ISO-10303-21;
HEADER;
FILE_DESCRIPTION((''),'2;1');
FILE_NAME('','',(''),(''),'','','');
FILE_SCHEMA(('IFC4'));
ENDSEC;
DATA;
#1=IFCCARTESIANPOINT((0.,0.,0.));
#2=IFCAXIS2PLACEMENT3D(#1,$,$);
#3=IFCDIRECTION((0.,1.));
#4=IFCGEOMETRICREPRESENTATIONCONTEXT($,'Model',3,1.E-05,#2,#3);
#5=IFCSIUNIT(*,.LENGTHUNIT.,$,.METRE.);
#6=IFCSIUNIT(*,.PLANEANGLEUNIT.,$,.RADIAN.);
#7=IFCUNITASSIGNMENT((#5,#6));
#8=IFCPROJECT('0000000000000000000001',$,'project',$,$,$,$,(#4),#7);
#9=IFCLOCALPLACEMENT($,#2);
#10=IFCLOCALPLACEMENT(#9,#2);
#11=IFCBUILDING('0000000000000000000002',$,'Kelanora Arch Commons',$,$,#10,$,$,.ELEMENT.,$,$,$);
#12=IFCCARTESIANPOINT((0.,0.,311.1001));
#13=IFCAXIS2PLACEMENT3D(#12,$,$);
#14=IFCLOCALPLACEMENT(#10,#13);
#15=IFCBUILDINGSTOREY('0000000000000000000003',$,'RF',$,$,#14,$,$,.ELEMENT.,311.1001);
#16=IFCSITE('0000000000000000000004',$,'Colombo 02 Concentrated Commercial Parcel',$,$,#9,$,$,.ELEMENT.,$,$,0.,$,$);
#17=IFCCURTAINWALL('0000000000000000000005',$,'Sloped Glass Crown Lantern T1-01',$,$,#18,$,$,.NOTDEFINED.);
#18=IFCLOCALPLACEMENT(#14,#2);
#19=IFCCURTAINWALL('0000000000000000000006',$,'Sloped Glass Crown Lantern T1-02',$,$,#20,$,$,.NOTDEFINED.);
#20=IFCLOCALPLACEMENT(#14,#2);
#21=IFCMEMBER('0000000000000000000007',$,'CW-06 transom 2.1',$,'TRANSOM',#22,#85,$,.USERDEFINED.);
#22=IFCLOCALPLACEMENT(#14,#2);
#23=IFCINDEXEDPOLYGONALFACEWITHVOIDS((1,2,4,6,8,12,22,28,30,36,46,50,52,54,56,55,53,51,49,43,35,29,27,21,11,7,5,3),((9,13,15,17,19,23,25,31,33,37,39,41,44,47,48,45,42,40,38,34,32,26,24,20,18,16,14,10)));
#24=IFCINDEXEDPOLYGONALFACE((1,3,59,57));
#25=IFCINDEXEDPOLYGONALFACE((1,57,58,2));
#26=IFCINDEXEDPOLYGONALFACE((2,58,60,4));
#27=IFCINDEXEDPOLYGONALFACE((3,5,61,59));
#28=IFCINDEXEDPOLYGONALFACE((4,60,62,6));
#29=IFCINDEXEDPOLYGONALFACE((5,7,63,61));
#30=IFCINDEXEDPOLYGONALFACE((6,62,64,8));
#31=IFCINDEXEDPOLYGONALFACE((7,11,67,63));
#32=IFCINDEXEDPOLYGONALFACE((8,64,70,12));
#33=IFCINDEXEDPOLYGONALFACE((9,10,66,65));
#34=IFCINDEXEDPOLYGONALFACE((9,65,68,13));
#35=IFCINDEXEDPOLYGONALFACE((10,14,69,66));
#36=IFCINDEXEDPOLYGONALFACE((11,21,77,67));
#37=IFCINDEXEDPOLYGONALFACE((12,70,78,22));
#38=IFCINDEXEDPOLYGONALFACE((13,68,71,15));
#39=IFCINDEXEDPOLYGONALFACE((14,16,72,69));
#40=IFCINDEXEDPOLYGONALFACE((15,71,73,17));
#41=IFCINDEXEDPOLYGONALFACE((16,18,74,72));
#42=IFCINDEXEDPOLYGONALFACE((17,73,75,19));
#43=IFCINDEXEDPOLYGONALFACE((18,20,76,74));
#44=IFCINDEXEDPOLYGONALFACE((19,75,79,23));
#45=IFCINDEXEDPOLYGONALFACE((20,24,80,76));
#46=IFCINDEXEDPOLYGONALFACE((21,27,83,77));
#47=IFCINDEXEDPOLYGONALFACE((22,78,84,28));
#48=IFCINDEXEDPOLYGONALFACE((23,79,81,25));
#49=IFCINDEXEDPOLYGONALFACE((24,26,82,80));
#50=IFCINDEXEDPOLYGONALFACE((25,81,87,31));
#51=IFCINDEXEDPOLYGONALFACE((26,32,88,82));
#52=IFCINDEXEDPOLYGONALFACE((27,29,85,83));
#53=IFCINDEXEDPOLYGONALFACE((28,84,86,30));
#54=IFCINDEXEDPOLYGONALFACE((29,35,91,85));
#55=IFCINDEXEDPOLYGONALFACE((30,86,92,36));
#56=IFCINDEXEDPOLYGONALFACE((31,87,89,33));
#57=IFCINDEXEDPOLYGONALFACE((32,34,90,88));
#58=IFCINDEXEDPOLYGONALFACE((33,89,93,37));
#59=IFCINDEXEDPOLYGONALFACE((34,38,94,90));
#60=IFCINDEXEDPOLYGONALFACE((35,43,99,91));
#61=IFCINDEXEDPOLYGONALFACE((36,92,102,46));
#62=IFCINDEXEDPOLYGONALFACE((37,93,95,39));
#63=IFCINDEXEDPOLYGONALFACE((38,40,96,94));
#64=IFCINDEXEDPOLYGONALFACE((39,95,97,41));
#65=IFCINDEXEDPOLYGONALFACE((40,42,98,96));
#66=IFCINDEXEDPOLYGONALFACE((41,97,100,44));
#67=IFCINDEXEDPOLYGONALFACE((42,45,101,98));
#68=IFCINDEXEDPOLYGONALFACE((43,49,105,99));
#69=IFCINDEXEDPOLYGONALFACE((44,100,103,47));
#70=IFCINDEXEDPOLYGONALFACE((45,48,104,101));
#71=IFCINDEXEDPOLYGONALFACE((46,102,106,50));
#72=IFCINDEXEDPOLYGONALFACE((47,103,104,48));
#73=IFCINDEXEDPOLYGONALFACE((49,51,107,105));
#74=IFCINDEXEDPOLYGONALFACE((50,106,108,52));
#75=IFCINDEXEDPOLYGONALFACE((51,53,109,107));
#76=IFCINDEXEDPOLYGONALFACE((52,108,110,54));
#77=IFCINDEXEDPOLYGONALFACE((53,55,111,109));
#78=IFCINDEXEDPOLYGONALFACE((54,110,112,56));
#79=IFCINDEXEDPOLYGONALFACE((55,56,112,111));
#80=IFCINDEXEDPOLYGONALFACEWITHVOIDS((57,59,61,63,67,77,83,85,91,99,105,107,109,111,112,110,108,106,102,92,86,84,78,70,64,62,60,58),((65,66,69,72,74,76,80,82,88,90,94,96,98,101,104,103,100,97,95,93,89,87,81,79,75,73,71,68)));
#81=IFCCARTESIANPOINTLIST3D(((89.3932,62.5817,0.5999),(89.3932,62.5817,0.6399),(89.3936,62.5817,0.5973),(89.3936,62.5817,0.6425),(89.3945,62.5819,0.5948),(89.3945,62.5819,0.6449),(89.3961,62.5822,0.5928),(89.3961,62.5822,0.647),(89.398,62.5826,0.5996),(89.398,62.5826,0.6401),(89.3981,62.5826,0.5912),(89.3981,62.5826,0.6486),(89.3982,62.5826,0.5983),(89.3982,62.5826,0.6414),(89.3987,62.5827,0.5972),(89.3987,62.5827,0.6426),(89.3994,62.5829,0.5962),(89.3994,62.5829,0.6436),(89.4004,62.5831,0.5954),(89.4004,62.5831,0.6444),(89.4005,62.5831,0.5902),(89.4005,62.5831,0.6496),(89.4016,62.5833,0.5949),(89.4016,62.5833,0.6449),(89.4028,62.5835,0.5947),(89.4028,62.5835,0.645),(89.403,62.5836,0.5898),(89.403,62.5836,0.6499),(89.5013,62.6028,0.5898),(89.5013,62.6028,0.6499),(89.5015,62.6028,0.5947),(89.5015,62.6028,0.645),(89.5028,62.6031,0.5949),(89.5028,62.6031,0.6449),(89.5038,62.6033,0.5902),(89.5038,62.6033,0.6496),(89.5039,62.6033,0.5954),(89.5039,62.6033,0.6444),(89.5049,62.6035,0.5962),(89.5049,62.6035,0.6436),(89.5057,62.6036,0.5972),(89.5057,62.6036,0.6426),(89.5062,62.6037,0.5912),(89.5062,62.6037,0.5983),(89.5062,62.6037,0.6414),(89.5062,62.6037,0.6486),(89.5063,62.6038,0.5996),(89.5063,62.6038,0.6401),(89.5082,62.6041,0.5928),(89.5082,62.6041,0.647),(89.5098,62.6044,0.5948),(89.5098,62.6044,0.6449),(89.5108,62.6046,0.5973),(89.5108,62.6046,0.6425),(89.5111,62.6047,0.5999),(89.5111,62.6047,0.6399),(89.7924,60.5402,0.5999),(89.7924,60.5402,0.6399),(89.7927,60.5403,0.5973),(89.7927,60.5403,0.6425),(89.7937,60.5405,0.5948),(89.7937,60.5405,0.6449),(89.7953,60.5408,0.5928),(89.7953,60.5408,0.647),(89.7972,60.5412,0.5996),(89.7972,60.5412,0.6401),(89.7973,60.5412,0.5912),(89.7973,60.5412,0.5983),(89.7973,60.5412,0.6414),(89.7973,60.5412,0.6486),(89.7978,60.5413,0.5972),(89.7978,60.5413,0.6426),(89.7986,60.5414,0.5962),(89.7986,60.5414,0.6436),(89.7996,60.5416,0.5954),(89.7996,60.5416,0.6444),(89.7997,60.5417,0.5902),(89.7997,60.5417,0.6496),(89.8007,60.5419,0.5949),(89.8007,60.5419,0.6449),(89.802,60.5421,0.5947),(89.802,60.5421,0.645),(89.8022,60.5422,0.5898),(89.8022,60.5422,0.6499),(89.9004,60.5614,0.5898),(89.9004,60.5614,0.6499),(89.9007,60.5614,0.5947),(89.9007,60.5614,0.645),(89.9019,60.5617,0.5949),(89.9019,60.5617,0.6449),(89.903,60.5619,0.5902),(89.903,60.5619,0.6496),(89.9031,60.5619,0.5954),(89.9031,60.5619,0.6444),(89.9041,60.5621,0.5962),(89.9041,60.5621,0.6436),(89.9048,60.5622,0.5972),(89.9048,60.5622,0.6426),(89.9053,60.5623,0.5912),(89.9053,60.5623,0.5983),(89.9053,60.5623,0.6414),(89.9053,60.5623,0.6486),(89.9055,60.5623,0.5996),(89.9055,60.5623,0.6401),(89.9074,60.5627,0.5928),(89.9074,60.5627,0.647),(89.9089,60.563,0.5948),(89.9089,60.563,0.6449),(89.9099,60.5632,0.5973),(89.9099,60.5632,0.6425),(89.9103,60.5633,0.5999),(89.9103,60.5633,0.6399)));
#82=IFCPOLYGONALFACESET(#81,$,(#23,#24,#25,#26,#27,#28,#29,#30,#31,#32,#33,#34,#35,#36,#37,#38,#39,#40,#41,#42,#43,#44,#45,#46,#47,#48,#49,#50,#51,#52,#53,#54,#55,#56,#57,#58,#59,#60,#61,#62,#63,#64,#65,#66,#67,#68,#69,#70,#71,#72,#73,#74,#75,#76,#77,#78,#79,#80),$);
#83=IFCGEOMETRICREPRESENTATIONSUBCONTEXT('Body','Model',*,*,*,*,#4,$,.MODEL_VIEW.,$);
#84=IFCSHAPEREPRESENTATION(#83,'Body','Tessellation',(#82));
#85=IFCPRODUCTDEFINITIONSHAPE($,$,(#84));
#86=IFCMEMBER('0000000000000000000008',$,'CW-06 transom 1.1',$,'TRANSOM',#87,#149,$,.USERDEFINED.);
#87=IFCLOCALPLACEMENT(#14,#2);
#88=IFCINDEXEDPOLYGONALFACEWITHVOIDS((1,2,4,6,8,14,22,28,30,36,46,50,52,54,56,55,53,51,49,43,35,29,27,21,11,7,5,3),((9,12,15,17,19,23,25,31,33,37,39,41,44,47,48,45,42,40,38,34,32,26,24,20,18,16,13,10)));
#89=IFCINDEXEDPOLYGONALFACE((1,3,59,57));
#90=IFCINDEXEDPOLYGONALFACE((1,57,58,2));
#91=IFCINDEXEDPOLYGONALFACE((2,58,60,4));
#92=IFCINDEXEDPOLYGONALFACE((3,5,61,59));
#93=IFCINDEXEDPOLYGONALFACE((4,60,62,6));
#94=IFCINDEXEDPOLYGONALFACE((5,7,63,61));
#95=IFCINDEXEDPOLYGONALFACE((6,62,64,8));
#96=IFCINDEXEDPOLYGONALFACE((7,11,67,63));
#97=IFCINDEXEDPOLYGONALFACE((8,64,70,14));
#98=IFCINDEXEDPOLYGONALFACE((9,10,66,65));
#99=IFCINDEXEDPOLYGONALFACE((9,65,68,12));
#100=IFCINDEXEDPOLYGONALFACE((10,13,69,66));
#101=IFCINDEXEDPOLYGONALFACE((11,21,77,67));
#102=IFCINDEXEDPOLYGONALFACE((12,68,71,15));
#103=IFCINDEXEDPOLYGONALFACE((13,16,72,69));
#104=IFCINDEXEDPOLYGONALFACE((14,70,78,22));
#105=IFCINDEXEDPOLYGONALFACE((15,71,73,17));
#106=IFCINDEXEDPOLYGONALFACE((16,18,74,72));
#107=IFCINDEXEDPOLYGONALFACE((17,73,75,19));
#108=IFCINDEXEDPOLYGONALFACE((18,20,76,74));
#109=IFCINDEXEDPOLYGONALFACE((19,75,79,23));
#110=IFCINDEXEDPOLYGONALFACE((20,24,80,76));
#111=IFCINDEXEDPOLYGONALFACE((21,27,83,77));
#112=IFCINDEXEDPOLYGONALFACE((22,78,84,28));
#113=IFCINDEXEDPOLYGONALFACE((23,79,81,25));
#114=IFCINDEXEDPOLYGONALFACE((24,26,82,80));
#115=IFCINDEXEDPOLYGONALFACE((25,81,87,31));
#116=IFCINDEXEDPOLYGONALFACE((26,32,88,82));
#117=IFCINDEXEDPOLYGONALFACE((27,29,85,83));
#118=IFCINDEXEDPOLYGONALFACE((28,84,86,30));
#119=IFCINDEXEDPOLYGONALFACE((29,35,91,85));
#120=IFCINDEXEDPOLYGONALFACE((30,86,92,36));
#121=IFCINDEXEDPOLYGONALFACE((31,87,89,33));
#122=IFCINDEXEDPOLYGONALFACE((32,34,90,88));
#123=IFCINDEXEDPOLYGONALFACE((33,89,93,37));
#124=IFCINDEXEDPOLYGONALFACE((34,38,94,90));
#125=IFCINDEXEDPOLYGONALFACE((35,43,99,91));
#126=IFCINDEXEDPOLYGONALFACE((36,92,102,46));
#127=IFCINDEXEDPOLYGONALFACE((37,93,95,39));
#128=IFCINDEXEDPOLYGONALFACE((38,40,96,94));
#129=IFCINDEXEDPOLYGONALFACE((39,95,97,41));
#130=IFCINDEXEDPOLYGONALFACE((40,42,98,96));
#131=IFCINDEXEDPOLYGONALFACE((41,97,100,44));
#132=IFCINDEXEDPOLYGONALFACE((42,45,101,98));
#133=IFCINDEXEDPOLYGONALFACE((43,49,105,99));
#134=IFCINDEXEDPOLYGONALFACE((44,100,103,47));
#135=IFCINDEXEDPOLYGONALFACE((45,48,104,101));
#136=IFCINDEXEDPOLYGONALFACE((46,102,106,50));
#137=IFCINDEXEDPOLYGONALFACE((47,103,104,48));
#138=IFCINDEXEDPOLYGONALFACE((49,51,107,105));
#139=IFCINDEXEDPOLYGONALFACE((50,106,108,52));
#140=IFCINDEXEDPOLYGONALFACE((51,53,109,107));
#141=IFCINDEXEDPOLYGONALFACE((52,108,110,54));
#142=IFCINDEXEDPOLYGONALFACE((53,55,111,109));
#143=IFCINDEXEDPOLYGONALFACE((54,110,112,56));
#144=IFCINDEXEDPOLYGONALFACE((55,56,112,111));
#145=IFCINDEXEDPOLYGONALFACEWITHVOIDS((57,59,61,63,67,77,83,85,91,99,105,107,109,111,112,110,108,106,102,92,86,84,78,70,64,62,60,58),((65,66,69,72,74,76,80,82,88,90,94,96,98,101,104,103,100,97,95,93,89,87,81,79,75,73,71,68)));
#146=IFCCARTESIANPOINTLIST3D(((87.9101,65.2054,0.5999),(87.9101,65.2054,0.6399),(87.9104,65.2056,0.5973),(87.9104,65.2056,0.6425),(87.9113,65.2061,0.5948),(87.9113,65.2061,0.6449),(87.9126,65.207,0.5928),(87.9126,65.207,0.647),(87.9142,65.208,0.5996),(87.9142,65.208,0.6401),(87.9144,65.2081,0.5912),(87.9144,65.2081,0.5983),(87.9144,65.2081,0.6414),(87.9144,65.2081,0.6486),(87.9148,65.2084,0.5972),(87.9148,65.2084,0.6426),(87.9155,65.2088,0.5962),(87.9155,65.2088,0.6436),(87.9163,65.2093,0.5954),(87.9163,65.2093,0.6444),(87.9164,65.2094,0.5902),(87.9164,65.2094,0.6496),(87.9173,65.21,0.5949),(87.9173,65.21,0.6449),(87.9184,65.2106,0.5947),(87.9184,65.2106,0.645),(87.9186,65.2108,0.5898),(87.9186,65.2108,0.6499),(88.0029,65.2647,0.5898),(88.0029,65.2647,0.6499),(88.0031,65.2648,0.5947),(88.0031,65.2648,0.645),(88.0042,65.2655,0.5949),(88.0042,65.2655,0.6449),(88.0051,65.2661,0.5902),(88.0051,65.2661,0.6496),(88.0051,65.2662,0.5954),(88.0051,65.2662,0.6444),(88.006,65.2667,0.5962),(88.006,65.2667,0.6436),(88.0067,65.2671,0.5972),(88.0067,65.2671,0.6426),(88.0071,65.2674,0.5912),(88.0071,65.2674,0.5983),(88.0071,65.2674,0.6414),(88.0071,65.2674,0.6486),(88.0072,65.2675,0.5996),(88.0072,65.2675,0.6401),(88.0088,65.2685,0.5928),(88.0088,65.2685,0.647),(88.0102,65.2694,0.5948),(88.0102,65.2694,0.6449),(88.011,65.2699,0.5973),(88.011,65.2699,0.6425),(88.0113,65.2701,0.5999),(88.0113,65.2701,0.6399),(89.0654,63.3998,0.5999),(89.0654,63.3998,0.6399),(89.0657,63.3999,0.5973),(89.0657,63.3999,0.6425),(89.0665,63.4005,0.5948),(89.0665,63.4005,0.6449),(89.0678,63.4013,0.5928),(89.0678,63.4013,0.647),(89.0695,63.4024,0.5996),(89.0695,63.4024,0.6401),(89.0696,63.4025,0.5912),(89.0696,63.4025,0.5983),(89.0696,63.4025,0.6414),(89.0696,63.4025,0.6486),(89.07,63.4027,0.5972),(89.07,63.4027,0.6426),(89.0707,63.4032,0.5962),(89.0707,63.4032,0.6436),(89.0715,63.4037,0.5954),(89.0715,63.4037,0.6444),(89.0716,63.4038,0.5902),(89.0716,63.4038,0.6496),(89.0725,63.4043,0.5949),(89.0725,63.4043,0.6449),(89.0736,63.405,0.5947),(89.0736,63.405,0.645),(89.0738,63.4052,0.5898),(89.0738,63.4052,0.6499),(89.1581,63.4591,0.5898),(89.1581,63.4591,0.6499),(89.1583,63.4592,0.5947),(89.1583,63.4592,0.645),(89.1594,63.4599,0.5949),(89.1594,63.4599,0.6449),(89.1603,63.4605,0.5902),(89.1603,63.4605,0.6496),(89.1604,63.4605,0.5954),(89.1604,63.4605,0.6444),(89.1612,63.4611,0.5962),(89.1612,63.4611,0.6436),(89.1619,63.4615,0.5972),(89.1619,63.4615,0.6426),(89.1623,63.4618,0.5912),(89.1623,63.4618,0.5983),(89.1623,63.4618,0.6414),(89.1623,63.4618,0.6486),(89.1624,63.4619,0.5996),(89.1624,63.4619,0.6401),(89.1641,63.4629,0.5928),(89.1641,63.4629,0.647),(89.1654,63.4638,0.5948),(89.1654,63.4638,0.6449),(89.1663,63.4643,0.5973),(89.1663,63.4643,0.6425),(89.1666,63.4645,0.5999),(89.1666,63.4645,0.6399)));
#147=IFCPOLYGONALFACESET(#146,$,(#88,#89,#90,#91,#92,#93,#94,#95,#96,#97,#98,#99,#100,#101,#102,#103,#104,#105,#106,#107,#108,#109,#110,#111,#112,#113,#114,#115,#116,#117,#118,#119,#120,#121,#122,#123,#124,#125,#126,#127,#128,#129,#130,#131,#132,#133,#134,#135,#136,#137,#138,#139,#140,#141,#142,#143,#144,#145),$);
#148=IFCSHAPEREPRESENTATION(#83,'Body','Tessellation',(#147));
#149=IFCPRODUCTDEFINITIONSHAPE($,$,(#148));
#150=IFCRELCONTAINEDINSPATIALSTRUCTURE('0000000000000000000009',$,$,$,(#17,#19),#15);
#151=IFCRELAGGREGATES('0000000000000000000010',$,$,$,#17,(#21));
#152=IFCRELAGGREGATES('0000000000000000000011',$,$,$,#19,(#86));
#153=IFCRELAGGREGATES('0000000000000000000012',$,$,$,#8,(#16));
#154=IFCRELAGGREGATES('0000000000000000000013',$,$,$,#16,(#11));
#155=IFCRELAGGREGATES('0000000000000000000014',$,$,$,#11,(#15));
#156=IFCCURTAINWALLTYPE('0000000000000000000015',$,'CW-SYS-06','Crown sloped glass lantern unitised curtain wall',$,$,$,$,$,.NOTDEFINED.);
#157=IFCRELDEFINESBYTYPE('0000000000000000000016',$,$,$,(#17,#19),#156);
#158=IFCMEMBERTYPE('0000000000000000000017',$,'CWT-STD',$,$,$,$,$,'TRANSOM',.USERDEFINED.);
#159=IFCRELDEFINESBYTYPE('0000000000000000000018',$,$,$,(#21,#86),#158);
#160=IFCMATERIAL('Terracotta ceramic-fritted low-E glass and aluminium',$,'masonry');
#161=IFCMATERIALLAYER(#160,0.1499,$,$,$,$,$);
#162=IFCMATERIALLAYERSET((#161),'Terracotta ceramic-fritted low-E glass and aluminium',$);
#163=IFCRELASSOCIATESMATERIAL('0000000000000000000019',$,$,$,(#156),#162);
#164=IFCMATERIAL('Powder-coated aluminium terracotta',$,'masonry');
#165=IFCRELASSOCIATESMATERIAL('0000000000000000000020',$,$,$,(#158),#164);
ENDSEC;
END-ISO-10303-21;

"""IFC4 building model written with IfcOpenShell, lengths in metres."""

from ifc_helpers import new_model, si_unit, direction, frame, origin, origin_2d, place, context, subcontext, project, spatial, hollow_rectangle, extrude, material, layer, layer_set, material_profile, profile_set, type_object, element, aggregate, save


model = new_model("IFC4")

# Units and contexts
model_context = context("Model", 3, precision=1e-05, world=origin(), true_north=direction((0.0, 1.0)))
body_context = subcontext(model_context, "Body", "Model", "MODEL_VIEW")
ifc_project = project(units=[si_unit("LENGTHUNIT", "METRE"), si_unit("PLANEANGLEUNIT", "RADIAN")], contexts=[model_context])

# Site, building, storey
site_placement = place(None, origin())
site = spatial("IfcSite", under=ifc_project, at=site_placement, Name="Colombo 02 Concentrated Commercial Parcel", CompositionType="ELEMENT", RefElevation=0.0)
building_placement = place(site_placement, origin())
building = spatial("IfcBuilding", under=site, at=building_placement, Name="Kelanora Arch Commons", CompositionType="ELEMENT")
storey_placement = place(building_placement, frame((0.0, 0.0, 311.1001)))
storey = spatial("IfcBuildingStorey", under=building, at=storey_placement, Name="RF", CompositionType="ELEMENT", Elevation=311.1001)

# Curtain walls
ifc_material_1 = material(Name="Terracotta ceramic-fritted low-E glass and aluminium", Category="masonry")
ifc_layer_1 = layer(ifc_material_1, 0.1499)
ifc_layer_set_1 = layer_set([ifc_layer_1], Name="Terracotta ceramic-fritted low-E glass and aluminium")
curtain_wall_type = type_object("IfcCurtainWallType", Name="CW-SYS-06", Description="Crown sloped glass lantern unitised curtain wall", PredefinedType="NOTDEFINED", material=ifc_layer_set_1)
curtain_wall_1_placement = place(storey_placement, origin())
curtain_wall_1 = element("IfcCurtainWall", 1, at=curtain_wall_1_placement, inside=storey, type_object=curtain_wall_type, Name="Sloped Glass Crown Lantern T1-01", PredefinedType="NOTDEFINED")
ifc_material_2 = material(Name="Powder-coated aluminium terracotta", Category="masonry")
curtain_wall_2_placement = place(storey_placement, origin())
curtain_wall_2 = element("IfcCurtainWall", 2, at=curtain_wall_2_placement, inside=storey, type_object=curtain_wall_type, Name="Sloped Glass Crown Lantern T1-02", PredefinedType="NOTDEFINED")

# Members
ifc_material_profile_1 = material_profile(ifc_material_2, hollow_rectangle(XDim=0.1201, YDim=0.0601, WallThickness=0.0049, InnerFilletRadius=0.0049, OuterFilletRadius=0.01, at=origin_2d()), Name="CWT120x60")
ifc_profile_set_1 = profile_set([ifc_material_profile_1], Name="Powder-coated aluminium terracotta")
member_type_1 = type_object("IfcMemberType", Name="CWT-STD", ElementType="TRANSOM", PredefinedType="USERDEFINED", material=ifc_profile_set_1)
member_1_placement = place(storey_placement, frame((89.8513, 60.5518, 0.6199), z_axis=(-0.191894, 0.981416, 0.0), x_axis=(-0.981416, -0.191894, 0.0)))
member_1 = element("IfcMember", 3, at=member_1_placement, type_object=member_type_1, Name="CW-06 transom 2.1", ObjectType="TRANSOM", PredefinedType="USERDEFINED", context=body_context, shape_type="SweptSolid", body=[
    extrude(hollow_rectangle(XDim=0.1201, YDim=0.0601, WallThickness=0.0049, InnerFilletRadius=0.0049, OuterFilletRadius=0.01, at=origin_2d()), origin(), (0.0, 0.0, 1.0), 2.0801),
])
member_2_placement = place(storey_placement, frame((89.116, 63.4321, 0.6199), z_axis=(-0.538937, 0.842346, 0.0), x_axis=(-0.842346, -0.538937, 0.0)))
member_2 = element("IfcMember", 4, at=member_2_placement, type_object=member_type_1, Name="CW-06 transom 1.1", ObjectType="TRANSOM", PredefinedType="USERDEFINED", context=body_context, shape_type="SweptSolid", body=[
    extrude(hollow_rectangle(XDim=0.1201, YDim=0.0601, WallThickness=0.0049, InnerFilletRadius=0.0049, OuterFilletRadius=0.01, at=origin_2d()), origin(), (0.0, 0.0, 1.0), 2.1436),
])

aggregate(curtain_wall_1, [member_1])
aggregate(curtain_wall_2, [member_2])

save(model, "model.ifc")
